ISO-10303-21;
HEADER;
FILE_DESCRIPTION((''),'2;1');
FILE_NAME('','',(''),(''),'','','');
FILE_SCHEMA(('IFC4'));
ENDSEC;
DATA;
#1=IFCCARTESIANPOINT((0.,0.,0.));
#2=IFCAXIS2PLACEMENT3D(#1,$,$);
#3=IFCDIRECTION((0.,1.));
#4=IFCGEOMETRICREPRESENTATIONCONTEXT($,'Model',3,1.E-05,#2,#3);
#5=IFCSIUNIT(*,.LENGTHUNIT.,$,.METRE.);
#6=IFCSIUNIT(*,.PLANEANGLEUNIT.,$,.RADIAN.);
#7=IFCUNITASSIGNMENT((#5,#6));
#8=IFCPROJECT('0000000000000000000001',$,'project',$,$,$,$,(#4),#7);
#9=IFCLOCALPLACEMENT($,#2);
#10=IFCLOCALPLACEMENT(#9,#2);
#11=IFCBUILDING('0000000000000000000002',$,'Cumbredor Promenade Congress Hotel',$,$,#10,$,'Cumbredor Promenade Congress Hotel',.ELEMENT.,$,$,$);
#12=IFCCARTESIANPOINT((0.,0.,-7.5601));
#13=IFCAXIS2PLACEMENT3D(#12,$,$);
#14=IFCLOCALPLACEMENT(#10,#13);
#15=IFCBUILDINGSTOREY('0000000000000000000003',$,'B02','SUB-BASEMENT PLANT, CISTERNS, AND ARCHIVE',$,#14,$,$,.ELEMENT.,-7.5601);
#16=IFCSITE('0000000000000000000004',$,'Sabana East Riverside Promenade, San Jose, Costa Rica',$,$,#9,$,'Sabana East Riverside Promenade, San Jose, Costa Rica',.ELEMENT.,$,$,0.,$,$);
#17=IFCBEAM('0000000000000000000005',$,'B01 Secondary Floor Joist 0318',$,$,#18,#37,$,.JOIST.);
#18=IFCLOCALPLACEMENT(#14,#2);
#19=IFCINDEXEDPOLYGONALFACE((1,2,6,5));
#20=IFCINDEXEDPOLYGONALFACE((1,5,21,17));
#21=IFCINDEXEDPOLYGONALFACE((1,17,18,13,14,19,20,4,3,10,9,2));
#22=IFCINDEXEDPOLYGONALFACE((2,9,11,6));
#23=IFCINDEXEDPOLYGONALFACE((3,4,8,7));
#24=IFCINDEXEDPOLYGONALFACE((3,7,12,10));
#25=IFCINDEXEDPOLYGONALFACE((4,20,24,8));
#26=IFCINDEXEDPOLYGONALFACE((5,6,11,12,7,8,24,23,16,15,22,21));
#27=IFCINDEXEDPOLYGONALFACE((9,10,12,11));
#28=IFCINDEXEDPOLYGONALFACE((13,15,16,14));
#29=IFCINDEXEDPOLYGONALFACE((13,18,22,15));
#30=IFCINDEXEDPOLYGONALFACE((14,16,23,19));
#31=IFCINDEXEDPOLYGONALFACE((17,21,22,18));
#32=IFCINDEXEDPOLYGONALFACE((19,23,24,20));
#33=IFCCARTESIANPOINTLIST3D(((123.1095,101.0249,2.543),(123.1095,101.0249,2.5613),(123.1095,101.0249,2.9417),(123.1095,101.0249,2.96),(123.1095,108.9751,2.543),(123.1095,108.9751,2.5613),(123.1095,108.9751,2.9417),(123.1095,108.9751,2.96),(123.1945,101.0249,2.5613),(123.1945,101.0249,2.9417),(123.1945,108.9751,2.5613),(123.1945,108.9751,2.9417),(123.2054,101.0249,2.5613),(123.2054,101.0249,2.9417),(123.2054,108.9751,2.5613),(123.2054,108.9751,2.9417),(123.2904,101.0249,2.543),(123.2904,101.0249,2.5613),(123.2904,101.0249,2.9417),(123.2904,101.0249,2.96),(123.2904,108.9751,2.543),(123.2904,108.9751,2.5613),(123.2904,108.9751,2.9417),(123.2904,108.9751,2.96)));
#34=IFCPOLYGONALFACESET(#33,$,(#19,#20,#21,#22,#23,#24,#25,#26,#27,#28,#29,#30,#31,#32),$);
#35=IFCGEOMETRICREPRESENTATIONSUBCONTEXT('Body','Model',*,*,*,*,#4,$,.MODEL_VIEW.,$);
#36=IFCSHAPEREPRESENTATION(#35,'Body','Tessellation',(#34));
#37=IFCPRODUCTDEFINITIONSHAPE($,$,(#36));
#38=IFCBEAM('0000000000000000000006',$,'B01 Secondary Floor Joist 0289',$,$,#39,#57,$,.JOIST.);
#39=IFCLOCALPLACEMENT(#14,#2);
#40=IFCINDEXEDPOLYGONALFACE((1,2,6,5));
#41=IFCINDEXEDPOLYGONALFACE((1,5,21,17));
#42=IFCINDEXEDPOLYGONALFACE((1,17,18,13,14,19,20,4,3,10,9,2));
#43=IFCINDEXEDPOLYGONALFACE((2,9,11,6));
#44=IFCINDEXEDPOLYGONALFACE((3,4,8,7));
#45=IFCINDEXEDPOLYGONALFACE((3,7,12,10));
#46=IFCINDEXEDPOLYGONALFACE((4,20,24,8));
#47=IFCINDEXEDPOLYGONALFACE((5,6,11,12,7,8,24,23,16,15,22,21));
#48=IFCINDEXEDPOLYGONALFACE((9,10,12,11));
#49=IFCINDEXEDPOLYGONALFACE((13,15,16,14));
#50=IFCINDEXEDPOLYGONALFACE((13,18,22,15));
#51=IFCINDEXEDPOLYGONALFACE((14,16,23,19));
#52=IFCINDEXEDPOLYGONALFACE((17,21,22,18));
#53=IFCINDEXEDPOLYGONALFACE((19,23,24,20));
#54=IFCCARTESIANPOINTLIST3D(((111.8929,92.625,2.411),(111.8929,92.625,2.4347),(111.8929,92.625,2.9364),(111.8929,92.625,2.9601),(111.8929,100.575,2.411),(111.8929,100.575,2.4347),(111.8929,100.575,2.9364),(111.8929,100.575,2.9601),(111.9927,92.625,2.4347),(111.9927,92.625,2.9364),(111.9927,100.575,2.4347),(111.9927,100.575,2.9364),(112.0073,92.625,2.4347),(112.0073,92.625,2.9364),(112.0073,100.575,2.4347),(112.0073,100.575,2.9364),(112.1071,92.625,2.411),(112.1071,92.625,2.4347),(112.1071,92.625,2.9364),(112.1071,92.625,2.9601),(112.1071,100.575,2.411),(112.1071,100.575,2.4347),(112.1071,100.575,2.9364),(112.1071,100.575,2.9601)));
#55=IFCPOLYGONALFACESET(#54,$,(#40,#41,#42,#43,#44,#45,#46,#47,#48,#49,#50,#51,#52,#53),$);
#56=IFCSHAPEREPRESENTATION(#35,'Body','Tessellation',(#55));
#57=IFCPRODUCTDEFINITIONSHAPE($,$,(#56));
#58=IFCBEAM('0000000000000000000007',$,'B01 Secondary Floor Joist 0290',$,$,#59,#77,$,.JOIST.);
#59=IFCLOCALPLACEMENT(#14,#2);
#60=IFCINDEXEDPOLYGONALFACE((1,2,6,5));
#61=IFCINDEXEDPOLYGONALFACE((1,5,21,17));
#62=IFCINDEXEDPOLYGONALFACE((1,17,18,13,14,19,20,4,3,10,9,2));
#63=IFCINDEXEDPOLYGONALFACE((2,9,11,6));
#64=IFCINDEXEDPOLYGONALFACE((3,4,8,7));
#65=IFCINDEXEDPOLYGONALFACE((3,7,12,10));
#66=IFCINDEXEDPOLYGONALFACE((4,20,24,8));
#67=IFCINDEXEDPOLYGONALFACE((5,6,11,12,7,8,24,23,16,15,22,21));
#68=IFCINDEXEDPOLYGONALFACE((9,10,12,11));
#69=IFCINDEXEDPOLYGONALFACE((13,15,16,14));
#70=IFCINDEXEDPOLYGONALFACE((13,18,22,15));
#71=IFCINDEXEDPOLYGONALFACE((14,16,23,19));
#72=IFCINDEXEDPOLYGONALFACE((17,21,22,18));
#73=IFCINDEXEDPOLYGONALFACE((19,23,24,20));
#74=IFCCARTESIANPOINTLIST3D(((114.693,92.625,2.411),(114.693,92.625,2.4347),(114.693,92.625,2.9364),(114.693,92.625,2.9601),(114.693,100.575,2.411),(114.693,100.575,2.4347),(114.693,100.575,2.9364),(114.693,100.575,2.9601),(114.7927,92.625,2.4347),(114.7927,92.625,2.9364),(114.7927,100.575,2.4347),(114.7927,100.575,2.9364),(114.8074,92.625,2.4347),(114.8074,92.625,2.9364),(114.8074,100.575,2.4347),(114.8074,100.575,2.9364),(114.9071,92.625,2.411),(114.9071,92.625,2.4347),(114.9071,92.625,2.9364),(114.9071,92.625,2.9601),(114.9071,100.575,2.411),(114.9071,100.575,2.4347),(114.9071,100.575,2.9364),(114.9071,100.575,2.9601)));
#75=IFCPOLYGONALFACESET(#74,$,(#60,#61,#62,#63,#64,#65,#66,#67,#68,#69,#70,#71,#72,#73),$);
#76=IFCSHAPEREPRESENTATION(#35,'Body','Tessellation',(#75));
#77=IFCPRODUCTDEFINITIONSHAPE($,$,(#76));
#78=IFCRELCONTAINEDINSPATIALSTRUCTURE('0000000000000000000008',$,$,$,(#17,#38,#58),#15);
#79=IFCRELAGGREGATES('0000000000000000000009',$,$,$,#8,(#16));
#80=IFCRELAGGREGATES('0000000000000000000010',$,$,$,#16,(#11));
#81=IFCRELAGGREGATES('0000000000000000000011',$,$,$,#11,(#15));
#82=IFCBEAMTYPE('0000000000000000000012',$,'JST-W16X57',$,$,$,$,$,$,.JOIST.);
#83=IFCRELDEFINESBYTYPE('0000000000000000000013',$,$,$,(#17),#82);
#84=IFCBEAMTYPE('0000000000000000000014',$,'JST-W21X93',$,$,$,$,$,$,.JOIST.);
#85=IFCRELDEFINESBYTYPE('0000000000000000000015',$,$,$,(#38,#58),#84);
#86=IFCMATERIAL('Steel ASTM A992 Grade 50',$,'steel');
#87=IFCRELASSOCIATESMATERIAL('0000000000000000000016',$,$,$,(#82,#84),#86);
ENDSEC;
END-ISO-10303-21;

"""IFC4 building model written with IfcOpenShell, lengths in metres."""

from ifc_helpers import new_model, si_unit, direction, frame, origin, origin_2d, place, context, subcontext, project, spatial, i_section, extrude, material, material_profile, profile_set, type_object, element, save


model = new_model("IFC4")

# Units and contexts
model_context = context("Model", 3, precision=1e-05, world=origin(), true_north=direction((0.0, 1.0)))
body_context = subcontext(model_context, "Body", "Model", "MODEL_VIEW")
ifc_project = project(units=[si_unit("LENGTHUNIT", "METRE"), si_unit("PLANEANGLEUNIT", "RADIAN")], contexts=[model_context])

# Site, building, storey
site_placement = place(None, origin())
site = spatial("IfcSite", under=ifc_project, at=site_placement, Name="Sabana East Riverside Promenade, San Jose, Costa Rica", LongName="Sabana East Riverside Promenade, San Jose, Costa Rica", CompositionType="ELEMENT", RefElevation=0.0)
building_placement = place(site_placement, origin())
building = spatial("IfcBuilding", under=site, at=building_placement, Name="Cumbredor Promenade Congress Hotel", LongName="Cumbredor Promenade Congress Hotel", CompositionType="ELEMENT")
storey_placement = place(building_placement, frame((0.0, 0.0, -7.5601)))
storey = spatial("IfcBuildingStorey", under=building, at=storey_placement, Name="B02", Description="SUB-BASEMENT PLANT, CISTERNS, AND ARCHIVE", CompositionType="ELEMENT", Elevation=-7.5601)

# Beams
ifc_material_1 = material(Name="Steel ASTM A992 Grade 50", Category="steel")
ifc_material_profile_1 = material_profile(ifc_material_1, i_section(OverallWidth=0.1809, OverallDepth=0.417, WebThickness=0.011, FlangeThickness=0.0183, at=origin_2d()), Name="W16X57")
ifc_profile_set_1 = profile_set([ifc_material_profile_1], Name="Steel ASTM A992 Grade 50")
beam_type_1 = type_object("IfcBeamType", Name="JST-W16X57", PredefinedType="JOIST", material=ifc_profile_set_1)
for number, where, z_axis, x_axis, name in (
    (1, (123.2, 101.0249, 2.7515), (0.0, 1.0, 0.0), (-1.0, 0.0, 0.0), "B01 Secondary Floor Joist 0318"),
):
    element("IfcBeam", number, at=place(storey_placement, frame(where, z_axis=z_axis, x_axis=x_axis)), inside=storey, type_object=beam_type_1, Name=name, PredefinedType="JOIST", context=body_context, shape_type="SweptSolid", body=[
        extrude(i_section(OverallWidth=0.1809, OverallDepth=0.417, WebThickness=0.011, FlangeThickness=0.0183, at=origin_2d()), origin(), (0.0, 0.0, 1.0), 7.9502),
    ])
ifc_material_profile_2 = material_profile(ifc_material_1, i_section(OverallWidth=0.2141, OverallDepth=0.5491, WebThickness=0.0146, FlangeThickness=0.0237, at=origin_2d()), Name="W21X93")
ifc_profile_set_2 = profile_set([ifc_material_profile_2], Name="Steel ASTM A992 Grade 50")
beam_type_2 = type_object("IfcBeamType", Name="JST-W21X93", PredefinedType="JOIST", material=ifc_profile_set_2)
for number, where, z_axis, x_axis, name in (
    (2, (112.0, 92.625, 2.6855), (0.0, 1.0, 0.0), (-1.0, 0.0, 0.0), "B01 Secondary Floor Joist 0289"),
    (3, (114.8, 92.625, 2.6855), (0.0, 1.0, 0.0), (-1.0, 0.0, 0.0), "B01 Secondary Floor Joist 0290"),
):
    element("IfcBeam", number, at=place(storey_placement, frame(where, z_axis=z_axis, x_axis=x_axis)), inside=storey, type_object=beam_type_2, Name=name, PredefinedType="JOIST", context=body_context, shape_type="SweptSolid", body=[
        extrude(i_section(OverallWidth=0.2141, OverallDepth=0.5491, WebThickness=0.0146, FlangeThickness=0.0237, at=origin_2d()), origin(), (0.0, 0.0, 1.0), 7.95),
    ])

save(model, "model.ifc")
